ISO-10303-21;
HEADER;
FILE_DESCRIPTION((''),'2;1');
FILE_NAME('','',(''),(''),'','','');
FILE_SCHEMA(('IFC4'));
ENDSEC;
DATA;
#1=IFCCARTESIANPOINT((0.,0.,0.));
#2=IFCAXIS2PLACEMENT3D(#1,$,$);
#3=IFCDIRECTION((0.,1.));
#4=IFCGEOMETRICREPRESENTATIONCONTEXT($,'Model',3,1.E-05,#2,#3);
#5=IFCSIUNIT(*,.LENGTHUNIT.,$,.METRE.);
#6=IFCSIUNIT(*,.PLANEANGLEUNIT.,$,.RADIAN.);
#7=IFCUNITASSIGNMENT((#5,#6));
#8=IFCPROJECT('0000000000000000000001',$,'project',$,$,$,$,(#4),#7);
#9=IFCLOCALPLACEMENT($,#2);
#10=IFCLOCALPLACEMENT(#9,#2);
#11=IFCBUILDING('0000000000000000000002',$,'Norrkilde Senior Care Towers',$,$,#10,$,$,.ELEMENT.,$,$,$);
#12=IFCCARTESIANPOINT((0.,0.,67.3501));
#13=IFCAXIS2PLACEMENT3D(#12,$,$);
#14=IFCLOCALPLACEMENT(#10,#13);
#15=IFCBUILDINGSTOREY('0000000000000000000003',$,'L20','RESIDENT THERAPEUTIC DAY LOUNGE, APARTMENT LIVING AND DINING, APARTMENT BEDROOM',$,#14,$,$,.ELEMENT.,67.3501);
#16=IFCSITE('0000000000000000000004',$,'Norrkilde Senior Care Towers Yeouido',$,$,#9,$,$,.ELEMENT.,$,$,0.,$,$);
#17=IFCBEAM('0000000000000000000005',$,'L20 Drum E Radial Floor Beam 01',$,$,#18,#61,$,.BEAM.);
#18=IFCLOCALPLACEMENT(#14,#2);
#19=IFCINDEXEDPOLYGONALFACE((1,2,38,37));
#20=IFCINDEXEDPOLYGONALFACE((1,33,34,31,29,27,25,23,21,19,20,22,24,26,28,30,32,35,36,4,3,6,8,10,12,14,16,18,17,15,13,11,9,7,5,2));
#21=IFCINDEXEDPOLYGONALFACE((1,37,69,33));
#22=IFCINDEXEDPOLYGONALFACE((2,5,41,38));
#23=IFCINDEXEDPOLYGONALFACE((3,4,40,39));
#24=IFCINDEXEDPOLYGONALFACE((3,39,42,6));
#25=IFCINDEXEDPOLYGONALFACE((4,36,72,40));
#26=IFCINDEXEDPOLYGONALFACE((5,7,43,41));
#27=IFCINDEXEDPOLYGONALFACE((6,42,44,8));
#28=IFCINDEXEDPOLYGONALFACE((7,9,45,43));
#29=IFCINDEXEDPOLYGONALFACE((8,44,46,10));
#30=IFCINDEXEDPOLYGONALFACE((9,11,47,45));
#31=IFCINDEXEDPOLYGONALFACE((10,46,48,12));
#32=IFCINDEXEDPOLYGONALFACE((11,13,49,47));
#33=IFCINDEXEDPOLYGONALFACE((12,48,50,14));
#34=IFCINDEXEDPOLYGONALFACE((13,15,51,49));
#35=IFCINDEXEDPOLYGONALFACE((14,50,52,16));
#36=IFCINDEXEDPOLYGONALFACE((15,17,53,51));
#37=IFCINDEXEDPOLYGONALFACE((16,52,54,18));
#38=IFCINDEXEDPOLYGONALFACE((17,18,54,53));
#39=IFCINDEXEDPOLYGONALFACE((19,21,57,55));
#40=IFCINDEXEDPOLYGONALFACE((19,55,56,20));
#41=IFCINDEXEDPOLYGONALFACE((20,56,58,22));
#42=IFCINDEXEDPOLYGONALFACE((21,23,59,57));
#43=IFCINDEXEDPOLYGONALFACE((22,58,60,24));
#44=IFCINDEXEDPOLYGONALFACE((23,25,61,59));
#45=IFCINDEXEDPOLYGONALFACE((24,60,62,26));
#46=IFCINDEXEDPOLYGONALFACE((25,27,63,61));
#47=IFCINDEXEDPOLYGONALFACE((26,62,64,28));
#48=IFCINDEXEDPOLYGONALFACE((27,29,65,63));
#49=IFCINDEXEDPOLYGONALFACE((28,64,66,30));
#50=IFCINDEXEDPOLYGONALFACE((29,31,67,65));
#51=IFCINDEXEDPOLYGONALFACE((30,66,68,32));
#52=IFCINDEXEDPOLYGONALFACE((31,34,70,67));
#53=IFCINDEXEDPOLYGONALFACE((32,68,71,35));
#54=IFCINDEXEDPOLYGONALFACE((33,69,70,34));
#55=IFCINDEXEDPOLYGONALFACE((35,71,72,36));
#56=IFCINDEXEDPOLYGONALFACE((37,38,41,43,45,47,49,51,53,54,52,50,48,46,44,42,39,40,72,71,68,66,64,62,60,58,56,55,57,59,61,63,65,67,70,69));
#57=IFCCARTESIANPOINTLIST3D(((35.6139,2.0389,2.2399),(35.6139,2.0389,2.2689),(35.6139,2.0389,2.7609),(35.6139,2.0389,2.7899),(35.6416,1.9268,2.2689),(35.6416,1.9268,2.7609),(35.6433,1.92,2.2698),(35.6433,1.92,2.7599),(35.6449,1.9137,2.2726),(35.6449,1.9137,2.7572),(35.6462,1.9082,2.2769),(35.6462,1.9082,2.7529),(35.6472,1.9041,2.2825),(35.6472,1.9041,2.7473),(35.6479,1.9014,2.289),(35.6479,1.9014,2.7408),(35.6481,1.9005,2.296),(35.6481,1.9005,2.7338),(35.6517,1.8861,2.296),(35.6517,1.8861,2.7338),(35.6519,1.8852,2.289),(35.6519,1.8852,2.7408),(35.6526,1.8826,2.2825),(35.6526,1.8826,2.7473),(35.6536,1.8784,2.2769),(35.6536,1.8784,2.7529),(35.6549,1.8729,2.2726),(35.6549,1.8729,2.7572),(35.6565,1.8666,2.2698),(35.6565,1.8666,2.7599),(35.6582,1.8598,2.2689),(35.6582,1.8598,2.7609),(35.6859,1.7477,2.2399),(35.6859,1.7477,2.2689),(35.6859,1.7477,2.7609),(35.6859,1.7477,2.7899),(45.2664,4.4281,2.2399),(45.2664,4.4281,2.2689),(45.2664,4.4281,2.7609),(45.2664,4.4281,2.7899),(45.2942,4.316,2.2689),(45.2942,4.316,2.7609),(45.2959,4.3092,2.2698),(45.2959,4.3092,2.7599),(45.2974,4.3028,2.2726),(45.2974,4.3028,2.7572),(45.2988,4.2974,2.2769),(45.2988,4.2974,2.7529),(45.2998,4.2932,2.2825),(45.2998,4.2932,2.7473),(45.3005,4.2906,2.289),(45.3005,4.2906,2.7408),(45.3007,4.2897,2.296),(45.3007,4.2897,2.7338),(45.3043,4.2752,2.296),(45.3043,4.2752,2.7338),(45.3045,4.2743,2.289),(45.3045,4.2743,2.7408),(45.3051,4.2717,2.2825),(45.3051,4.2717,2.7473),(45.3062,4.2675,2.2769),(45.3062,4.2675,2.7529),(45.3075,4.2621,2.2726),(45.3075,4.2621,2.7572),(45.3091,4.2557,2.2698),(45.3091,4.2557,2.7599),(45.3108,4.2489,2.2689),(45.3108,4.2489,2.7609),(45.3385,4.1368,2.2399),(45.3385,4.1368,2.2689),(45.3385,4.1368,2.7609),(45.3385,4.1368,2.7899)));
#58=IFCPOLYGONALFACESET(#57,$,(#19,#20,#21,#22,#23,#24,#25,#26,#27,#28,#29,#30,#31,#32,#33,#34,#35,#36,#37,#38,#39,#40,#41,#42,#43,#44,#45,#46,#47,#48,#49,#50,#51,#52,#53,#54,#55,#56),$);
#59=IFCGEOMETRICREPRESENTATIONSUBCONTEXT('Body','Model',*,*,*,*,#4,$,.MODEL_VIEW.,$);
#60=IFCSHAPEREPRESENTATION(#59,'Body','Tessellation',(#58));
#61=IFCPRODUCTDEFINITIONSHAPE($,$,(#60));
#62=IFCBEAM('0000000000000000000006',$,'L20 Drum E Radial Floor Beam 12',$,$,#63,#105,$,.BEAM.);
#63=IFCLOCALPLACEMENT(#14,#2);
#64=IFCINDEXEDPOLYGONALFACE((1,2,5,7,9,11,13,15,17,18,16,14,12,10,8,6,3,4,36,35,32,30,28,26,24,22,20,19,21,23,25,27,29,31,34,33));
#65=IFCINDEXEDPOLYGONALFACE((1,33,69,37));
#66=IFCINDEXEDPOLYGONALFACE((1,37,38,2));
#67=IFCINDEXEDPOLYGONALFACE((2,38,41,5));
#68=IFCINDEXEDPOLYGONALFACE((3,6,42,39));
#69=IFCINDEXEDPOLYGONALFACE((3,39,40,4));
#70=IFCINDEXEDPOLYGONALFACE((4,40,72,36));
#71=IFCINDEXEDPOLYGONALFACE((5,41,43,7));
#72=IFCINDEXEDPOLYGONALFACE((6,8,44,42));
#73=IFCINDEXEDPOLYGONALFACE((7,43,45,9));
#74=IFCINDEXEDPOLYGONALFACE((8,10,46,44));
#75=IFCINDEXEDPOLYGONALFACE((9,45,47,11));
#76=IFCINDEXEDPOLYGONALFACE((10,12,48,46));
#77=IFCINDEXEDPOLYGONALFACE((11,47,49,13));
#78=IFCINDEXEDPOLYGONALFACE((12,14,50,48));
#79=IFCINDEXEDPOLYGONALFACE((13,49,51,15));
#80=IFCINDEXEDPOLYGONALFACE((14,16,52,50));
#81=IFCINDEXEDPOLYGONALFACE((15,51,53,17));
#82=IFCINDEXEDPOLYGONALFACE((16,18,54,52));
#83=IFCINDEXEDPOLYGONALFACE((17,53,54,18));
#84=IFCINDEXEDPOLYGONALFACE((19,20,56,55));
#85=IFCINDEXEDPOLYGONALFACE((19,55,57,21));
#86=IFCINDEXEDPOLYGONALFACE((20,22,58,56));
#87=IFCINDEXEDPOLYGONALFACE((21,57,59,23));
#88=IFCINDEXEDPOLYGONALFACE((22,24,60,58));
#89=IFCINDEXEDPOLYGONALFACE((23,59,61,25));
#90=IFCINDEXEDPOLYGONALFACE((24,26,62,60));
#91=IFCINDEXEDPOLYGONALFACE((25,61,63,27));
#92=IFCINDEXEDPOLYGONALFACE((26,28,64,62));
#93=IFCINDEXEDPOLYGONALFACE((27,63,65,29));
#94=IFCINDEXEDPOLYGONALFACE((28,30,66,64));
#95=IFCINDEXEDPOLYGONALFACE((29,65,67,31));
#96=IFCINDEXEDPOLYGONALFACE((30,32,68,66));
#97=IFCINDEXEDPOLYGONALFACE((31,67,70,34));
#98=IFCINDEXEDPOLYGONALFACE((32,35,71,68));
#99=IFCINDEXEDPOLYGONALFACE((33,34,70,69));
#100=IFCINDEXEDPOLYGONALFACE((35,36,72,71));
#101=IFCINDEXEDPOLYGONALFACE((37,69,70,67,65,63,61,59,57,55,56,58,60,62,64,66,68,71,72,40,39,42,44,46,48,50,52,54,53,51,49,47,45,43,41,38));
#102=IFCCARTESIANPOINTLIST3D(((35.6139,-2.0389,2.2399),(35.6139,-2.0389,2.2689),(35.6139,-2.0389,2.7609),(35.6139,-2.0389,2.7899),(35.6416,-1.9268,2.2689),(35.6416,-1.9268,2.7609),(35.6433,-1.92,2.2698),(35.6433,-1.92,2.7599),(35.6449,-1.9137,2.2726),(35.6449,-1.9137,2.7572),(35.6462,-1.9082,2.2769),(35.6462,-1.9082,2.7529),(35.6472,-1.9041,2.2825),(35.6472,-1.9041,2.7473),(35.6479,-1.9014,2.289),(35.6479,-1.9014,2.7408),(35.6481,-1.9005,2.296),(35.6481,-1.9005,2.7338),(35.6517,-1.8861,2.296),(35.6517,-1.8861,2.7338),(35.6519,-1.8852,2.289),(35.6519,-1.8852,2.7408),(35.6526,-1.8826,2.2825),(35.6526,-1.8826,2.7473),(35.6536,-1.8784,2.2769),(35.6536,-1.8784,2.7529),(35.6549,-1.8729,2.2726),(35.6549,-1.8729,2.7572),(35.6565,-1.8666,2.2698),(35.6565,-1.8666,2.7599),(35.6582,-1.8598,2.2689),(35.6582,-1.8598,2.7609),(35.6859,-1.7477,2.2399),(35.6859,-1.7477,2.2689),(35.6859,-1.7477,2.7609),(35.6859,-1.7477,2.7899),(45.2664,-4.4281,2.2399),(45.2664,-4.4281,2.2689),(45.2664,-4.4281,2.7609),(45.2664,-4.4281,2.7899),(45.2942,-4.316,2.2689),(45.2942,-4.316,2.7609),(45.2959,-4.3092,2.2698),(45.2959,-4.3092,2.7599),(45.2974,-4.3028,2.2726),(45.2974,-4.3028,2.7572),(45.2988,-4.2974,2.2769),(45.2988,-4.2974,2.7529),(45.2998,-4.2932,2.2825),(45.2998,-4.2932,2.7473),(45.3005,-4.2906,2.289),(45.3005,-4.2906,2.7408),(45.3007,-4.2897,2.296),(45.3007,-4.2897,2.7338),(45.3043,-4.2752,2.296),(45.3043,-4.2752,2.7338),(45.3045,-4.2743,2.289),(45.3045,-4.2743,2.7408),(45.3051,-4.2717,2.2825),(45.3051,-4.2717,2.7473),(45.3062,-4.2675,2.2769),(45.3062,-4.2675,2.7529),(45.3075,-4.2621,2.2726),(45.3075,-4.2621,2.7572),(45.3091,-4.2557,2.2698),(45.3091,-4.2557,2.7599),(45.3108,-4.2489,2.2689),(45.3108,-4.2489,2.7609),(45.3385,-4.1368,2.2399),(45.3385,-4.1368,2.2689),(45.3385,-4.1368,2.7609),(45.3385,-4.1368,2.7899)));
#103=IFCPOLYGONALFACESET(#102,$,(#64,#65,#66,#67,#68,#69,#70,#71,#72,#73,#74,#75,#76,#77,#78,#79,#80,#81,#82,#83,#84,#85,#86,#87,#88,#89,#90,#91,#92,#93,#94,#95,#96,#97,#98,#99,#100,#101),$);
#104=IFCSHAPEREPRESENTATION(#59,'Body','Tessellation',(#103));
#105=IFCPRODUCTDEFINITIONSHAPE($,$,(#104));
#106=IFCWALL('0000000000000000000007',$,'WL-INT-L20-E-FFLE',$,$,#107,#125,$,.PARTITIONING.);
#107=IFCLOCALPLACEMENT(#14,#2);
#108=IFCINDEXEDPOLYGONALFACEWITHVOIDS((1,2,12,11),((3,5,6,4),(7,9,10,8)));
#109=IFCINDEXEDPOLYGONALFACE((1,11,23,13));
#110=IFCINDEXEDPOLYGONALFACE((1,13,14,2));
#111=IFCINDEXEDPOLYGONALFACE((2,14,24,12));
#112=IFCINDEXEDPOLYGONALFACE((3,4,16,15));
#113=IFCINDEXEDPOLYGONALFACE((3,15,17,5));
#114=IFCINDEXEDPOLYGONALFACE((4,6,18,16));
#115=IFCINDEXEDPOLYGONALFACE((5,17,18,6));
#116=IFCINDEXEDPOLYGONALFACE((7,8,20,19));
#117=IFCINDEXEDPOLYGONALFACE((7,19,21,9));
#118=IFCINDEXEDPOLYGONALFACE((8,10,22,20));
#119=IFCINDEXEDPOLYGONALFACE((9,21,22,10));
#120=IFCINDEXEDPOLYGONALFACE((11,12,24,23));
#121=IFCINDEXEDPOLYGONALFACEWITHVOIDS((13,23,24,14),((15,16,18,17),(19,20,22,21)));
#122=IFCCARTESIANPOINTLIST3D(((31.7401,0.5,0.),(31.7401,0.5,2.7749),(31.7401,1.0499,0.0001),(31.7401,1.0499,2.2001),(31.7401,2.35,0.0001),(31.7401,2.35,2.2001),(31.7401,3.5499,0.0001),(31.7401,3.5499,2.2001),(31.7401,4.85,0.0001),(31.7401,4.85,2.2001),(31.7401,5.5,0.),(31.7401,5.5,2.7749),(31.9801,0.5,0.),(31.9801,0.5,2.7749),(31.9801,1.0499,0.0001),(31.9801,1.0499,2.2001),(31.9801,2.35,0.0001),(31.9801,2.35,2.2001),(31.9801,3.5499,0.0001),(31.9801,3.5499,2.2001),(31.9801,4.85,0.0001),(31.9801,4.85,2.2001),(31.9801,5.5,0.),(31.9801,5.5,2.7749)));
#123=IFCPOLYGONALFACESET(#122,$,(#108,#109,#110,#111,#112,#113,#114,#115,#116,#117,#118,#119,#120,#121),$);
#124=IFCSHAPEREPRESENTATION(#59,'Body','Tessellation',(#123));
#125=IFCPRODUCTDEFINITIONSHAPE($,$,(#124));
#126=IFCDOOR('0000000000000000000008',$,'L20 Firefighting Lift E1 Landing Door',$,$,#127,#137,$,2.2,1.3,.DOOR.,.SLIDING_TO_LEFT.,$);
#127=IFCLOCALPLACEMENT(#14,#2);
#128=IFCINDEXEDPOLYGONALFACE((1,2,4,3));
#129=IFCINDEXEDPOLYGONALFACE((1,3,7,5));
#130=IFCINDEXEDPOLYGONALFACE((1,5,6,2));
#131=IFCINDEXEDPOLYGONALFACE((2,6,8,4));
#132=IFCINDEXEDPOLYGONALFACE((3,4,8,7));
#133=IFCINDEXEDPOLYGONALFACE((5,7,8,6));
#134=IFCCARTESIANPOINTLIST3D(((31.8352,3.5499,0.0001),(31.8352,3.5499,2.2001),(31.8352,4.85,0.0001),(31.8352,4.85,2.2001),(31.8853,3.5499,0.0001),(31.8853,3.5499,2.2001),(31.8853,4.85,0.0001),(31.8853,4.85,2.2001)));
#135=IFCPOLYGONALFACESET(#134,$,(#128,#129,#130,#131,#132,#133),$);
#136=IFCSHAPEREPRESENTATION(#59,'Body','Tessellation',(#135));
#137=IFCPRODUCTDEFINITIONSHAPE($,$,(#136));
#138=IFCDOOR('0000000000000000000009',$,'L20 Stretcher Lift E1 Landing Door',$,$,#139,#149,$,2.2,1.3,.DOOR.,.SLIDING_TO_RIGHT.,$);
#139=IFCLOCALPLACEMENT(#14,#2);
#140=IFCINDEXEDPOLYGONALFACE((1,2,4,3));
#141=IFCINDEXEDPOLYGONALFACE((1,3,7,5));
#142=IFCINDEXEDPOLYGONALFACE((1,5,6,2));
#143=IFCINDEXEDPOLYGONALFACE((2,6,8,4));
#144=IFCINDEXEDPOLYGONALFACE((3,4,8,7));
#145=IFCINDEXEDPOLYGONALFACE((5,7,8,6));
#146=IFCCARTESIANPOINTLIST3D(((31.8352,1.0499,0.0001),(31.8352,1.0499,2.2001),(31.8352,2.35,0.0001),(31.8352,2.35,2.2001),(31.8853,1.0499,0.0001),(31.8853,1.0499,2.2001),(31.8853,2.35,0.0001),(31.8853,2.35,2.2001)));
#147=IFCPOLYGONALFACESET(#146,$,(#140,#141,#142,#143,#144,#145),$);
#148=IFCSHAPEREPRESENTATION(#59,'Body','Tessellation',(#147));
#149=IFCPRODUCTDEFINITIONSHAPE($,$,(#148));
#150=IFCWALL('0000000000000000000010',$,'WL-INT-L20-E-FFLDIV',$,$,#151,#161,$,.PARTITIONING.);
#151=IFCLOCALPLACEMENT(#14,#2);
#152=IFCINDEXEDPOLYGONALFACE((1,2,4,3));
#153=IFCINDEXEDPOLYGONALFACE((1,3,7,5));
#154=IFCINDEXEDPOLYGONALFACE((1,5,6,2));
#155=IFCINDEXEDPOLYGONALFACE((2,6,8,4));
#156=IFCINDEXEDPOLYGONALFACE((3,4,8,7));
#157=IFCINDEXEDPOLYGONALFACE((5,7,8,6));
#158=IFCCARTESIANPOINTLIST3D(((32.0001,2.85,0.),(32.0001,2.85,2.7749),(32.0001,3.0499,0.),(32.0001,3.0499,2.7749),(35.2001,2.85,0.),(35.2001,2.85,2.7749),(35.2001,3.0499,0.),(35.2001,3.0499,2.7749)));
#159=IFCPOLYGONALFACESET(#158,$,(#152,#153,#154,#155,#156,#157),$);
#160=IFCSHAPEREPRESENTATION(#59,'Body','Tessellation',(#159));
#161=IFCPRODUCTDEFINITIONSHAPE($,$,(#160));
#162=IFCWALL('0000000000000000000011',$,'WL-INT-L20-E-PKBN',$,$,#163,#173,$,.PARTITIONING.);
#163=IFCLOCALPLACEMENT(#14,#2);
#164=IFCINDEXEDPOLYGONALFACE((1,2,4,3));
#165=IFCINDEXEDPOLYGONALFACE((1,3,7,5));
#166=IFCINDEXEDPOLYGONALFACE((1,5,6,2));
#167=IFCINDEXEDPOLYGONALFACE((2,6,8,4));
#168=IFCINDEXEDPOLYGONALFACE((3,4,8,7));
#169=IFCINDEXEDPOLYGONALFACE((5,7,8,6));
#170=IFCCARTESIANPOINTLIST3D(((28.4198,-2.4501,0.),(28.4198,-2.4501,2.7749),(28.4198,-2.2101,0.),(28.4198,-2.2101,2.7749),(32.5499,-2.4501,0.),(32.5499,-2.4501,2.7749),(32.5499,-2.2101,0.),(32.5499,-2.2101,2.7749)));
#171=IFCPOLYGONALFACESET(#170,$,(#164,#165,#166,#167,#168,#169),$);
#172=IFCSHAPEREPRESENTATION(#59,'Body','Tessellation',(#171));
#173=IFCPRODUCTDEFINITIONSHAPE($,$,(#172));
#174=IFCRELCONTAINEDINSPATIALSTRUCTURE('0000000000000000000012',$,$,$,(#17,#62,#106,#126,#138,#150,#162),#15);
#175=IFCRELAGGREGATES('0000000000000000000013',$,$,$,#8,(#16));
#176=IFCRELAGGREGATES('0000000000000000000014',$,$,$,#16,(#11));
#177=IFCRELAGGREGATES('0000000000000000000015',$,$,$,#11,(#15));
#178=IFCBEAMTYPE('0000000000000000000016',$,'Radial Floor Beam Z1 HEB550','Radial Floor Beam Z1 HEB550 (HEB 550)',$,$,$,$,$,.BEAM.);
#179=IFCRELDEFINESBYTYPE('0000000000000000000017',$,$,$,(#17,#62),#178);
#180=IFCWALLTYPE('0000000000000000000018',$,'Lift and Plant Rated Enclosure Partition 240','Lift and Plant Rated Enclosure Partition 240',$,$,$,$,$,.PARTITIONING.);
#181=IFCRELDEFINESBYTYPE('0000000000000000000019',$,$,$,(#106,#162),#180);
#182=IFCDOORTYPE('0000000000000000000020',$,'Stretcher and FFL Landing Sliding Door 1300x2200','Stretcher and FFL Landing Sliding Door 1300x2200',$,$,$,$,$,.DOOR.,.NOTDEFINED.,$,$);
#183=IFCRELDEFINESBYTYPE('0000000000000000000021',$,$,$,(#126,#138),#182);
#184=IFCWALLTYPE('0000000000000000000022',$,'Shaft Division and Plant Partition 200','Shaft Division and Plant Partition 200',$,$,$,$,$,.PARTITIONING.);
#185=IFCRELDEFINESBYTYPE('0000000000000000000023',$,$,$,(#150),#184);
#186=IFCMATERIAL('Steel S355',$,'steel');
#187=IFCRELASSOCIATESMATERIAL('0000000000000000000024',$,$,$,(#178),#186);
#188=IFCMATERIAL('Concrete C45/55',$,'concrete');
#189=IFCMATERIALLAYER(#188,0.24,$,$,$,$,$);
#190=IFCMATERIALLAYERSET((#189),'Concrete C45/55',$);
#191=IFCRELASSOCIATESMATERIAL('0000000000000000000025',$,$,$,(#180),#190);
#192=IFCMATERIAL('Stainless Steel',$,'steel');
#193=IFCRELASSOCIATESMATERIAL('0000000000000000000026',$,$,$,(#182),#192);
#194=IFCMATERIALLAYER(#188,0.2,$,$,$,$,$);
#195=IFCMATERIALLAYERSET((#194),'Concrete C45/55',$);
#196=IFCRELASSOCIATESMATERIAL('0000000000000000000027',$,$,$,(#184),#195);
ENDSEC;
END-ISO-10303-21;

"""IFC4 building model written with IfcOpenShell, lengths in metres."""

from ifc_helpers import new_model, si_unit, direction, frame, frame_2d, origin, origin_2d, place, context, subcontext, project, spatial, rectangle, i_section, extrude, source, transform, mapped, material, layer, layer_set, material_profile, profile_set, type_object, type_shapes, element, fill, save


model = new_model("IFC4")

# Units and contexts
model_context = context("Model", 3, precision=1e-05, world=origin(), true_north=direction((0.0, 1.0)))
body_context = subcontext(model_context, "Body", "Model", "MODEL_VIEW")
ifc_project = project(units=[si_unit("LENGTHUNIT", "METRE"), si_unit("PLANEANGLEUNIT", "RADIAN")], contexts=[model_context])

# Site, building, storey
site_placement = place(None, origin())
site = spatial("IfcSite", under=ifc_project, at=site_placement, Name="Norrkilde Senior Care Towers Yeouido", CompositionType="ELEMENT", RefElevation=0.0)
building_placement = place(site_placement, origin())
building = spatial("IfcBuilding", under=site, at=building_placement, Name="Norrkilde Senior Care Towers", CompositionType="ELEMENT")
storey_placement = place(building_placement, frame((0.0, 0.0, 67.3501)))
storey = spatial("IfcBuildingStorey", under=building, at=storey_placement, Name="L20", Description="RESIDENT THERAPEUTIC DAY LOUNGE, APARTMENT LIVING AND DINING, APARTMENT BEDROOM", CompositionType="ELEMENT", Elevation=67.3501)

# Beams
ifc_material_1 = material(Name="Steel S355", Category="steel")
ifc_material_profile = material_profile(ifc_material_1, i_section(OverallWidth=0.3, OverallDepth=0.55, WebThickness=0.0149, FlangeThickness=0.0291, FilletRadius=0.0271, at=origin_2d()), Name="HEB 550")
ifc_profile_set = profile_set([ifc_material_profile], Name="Steel S355")
beam_type = type_object("IfcBeamType", Name="Radial Floor Beam Z1 HEB550", Description="Radial Floor Beam Z1 HEB550 (HEB 550)", PredefinedType="BEAM", material=ifc_profile_set)
shared_shape_1 = source(origin(), body_context, "Body", "SweptSolid", [
    extrude(i_section(OverallWidth=0.3, OverallDepth=0.55, WebThickness=0.0149, FlangeThickness=0.0291, FilletRadius=0.0271, at=origin_2d()), origin(), (0.0, 0.0, 1.0), 9.9438),
])
type_shapes(beam_type, [shared_shape_1])
for number, where, z_axis, x_axis, name in (
    (1, (35.6499, 1.8933, 2.5149), (0.970707, 0.240265, 0.0), (-0.240265, 0.970707, 0.0), "L20 Drum E Radial Floor Beam 01"),
    (2, (35.6499, -1.8933, 2.5149), (0.970707, -0.240265, 0.0), (0.240265, 0.970707, 0.0), "L20 Drum E Radial Floor Beam 12"),
):
    element("IfcBeam", number, at=place(storey_placement, frame(where, z_axis=z_axis, x_axis=x_axis)), inside=storey, type_object=beam_type, Name=name, PredefinedType="BEAM", context=body_context, shape_type="MappedRepresentation", body=[
        mapped(shared_shape_1, transform((0.0, 0.0, 0.0), x_axis=(1.0, 0.0, 0.0), y_axis=(0.0, 1.0, 0.0), z_axis=(0.0, 0.0, 1.0), scale=1.0)),
    ])

# Shared definitions
ifc_material_2 = material(Name="Concrete C45/55", Category="concrete")

# Wall, openings, doors
ifc_layer_1 = layer(ifc_material_2, 0.24)
ifc_layer_set_1 = layer_set([ifc_layer_1], Name="Concrete C45/55")
wall_type_1 = type_object("IfcWallType", Name="Lift and Plant Rated Enclosure Partition 240", Description="Lift and Plant Rated Enclosure Partition 240", PredefinedType="PARTITIONING", material=ifc_layer_set_1)
shared_shape_2 = source(origin(), body_context, "Body", "SweptSolid", [
    extrude(rectangle(XDim=5.0, YDim=0.24, at=frame_2d((2.5, 0.0))), origin(), (0.0, 0.0, 1.0), 2.7749),
])
wall_1_placement = place(storey_placement, frame((31.8601, 0.5, 0.0), z_axis=(0.0, 0.0, 1.0), x_axis=(0.0, 1.0, 0.0)))
wall_1 = element("IfcWall", 3, at=wall_1_placement, inside=storey, type_object=wall_type_1, Name="WL-INT-L20-E-FFLE", PredefinedType="PARTITIONING", context=body_context, shape_type="MappedRepresentation", body=[
    mapped(shared_shape_2, transform((0.0, 0.0, 0.0), x_axis=(1.0, 0.0, 0.0), y_axis=(0.0, 1.0, 0.0), z_axis=(0.0, 0.0, 1.0), scale=1.0)),
])
opening_1_placement = place(wall_1_placement, frame((3.05, 0.0, 0.0)))
opening_1 = element("IfcOpeningElement", 4, at=opening_1_placement, cuts=wall_1, PredefinedType="OPENING", context=body_context, shape_type="SweptSolid", body=[
    extrude(rectangle(XDim=1.3, YDim=2.2, at=frame_2d((0.6499, 1.1001))), frame((0.0, 0.1299, 0.0), z_axis=(0.0, -1.0, 0.0), x_axis=(1.0, 0.0, 0.0)), (0.0, 0.0, 1.0), 0.26),
])
opening_2_placement = place(wall_1_placement, frame((0.55, 0.0, 0.0)))
opening_2 = element("IfcOpeningElement", 5, at=opening_2_placement, cuts=wall_1, PredefinedType="OPENING", context=body_context, shape_type="SweptSolid", body=[
    extrude(rectangle(XDim=1.3, YDim=2.2, at=frame_2d((0.6499, 1.1001))), frame((0.0, 0.1299, 0.0), z_axis=(0.0, -1.0, 0.0), x_axis=(1.0, 0.0, 0.0)), (0.0, 0.0, 1.0), 0.26),
])
ifc_material_3 = material(Name="Stainless Steel", Category="steel")
door_type_1 = type_object("IfcDoorType", Name="Stretcher and FFL Landing Sliding Door 1300x2200", Description="Stretcher and FFL Landing Sliding Door 1300x2200", OperationType="NOTDEFINED", PredefinedType="DOOR", material=ifc_material_3)
shared_shape_3 = source(origin(), body_context, "Body", "SweptSolid", [
    extrude(rectangle(XDim=1.3, YDim=2.2, at=frame_2d((0.6499, 1.1001))), frame((0.0, 0.0249, 0.0), z_axis=(0.0, -1.0, 0.0), x_axis=(1.0, 0.0, 0.0)), (0.0, 0.0, 1.0), 0.05),
])
type_shapes(door_type_1, [shared_shape_3])
door_1_placement = place(opening_1_placement, origin())
door_1 = element("IfcDoor", 6, at=door_1_placement, inside=storey, type_object=door_type_1, Name="L20 Firefighting Lift E1 Landing Door", OperationType="SLIDING_TO_LEFT", OverallHeight=2.2, OverallWidth=1.3, PredefinedType="DOOR", context=body_context, shape_type="MappedRepresentation", body=[
    mapped(shared_shape_3, transform((0.0, 0.0, 0.0), x_axis=(1.0, 0.0, 0.0), y_axis=(0.0, 1.0, 0.0), z_axis=(0.0, 0.0, 1.0), scale=1.0)),
])
fill(opening_1, door_1)
door_2_placement = place(opening_2_placement, origin())
door_2 = element("IfcDoor", 7, at=door_2_placement, inside=storey, type_object=door_type_1, Name="L20 Stretcher Lift E1 Landing Door", OperationType="SLIDING_TO_RIGHT", OverallHeight=2.2, OverallWidth=1.3, PredefinedType="DOOR", context=body_context, shape_type="MappedRepresentation", body=[
    mapped(shared_shape_3, transform((0.0, 0.0, 0.0), x_axis=(1.0, 0.0, 0.0), y_axis=(0.0, 1.0, 0.0), z_axis=(0.0, 0.0, 1.0), scale=1.0)),
])
fill(opening_2, door_2)

# Wall
ifc_layer_2 = layer(ifc_material_2, 0.2)
ifc_layer_set_2 = layer_set([ifc_layer_2], Name="Concrete C45/55")
wall_type_2 = type_object("IfcWallType", Name="Shaft Division and Plant Partition 200", Description="Shaft Division and Plant Partition 200", PredefinedType="PARTITIONING", material=ifc_layer_set_2)
shared_shape_4 = source(origin(), body_context, "Body", "SweptSolid", [
    extrude(rectangle(XDim=3.2, YDim=0.2, at=frame_2d((1.6001, 0.0))), origin(), (0.0, 0.0, 1.0), 2.7749),
])
type_shapes(wall_type_2, [shared_shape_4])
wall_2_placement = place(storey_placement, frame((32.0, 2.95, 0.0), z_axis=(0.0, 0.0, 1.0), x_axis=(1.0, 0.0, 0.0)))
element("IfcWall", 8, at=wall_2_placement, inside=storey, type_object=wall_type_2, Name="WL-INT-L20-E-FFLDIV", PredefinedType="PARTITIONING", context=body_context, shape_type="MappedRepresentation", body=[
    mapped(shared_shape_4, transform((0.0, 0.0, 0.0), x_axis=(1.0, 0.0, 0.0), y_axis=(0.0, 1.0, 0.0), z_axis=(0.0, 0.0, 1.0), scale=1.0)),
])

# Wall
shared_shape_5 = source(origin(), body_context, "Body", "SweptSolid", [
    extrude(rectangle(XDim=4.1301, YDim=0.24, at=frame_2d((2.0649, 0.0))), origin(), (0.0, 0.0, 1.0), 2.7749),
])
type_shapes(wall_type_1, [shared_shape_2, shared_shape_5])
wall_3_placement = place(storey_placement, frame((28.4199, -2.3301, 0.0), z_axis=(0.0, 0.0, 1.0), x_axis=(1.0, 0.0, 0.0)))
element("IfcWall", 9, at=wall_3_placement, inside=storey, type_object=wall_type_1, Name="WL-INT-L20-E-PKBN", PredefinedType="PARTITIONING", context=body_context, shape_type="MappedRepresentation", body=[
    mapped(shared_shape_5, transform((0.0, 0.0, 0.0), x_axis=(1.0, 0.0, 0.0), y_axis=(0.0, 1.0, 0.0), z_axis=(0.0, 0.0, 1.0), scale=1.0)),
])

save(model, "model.ifc")
